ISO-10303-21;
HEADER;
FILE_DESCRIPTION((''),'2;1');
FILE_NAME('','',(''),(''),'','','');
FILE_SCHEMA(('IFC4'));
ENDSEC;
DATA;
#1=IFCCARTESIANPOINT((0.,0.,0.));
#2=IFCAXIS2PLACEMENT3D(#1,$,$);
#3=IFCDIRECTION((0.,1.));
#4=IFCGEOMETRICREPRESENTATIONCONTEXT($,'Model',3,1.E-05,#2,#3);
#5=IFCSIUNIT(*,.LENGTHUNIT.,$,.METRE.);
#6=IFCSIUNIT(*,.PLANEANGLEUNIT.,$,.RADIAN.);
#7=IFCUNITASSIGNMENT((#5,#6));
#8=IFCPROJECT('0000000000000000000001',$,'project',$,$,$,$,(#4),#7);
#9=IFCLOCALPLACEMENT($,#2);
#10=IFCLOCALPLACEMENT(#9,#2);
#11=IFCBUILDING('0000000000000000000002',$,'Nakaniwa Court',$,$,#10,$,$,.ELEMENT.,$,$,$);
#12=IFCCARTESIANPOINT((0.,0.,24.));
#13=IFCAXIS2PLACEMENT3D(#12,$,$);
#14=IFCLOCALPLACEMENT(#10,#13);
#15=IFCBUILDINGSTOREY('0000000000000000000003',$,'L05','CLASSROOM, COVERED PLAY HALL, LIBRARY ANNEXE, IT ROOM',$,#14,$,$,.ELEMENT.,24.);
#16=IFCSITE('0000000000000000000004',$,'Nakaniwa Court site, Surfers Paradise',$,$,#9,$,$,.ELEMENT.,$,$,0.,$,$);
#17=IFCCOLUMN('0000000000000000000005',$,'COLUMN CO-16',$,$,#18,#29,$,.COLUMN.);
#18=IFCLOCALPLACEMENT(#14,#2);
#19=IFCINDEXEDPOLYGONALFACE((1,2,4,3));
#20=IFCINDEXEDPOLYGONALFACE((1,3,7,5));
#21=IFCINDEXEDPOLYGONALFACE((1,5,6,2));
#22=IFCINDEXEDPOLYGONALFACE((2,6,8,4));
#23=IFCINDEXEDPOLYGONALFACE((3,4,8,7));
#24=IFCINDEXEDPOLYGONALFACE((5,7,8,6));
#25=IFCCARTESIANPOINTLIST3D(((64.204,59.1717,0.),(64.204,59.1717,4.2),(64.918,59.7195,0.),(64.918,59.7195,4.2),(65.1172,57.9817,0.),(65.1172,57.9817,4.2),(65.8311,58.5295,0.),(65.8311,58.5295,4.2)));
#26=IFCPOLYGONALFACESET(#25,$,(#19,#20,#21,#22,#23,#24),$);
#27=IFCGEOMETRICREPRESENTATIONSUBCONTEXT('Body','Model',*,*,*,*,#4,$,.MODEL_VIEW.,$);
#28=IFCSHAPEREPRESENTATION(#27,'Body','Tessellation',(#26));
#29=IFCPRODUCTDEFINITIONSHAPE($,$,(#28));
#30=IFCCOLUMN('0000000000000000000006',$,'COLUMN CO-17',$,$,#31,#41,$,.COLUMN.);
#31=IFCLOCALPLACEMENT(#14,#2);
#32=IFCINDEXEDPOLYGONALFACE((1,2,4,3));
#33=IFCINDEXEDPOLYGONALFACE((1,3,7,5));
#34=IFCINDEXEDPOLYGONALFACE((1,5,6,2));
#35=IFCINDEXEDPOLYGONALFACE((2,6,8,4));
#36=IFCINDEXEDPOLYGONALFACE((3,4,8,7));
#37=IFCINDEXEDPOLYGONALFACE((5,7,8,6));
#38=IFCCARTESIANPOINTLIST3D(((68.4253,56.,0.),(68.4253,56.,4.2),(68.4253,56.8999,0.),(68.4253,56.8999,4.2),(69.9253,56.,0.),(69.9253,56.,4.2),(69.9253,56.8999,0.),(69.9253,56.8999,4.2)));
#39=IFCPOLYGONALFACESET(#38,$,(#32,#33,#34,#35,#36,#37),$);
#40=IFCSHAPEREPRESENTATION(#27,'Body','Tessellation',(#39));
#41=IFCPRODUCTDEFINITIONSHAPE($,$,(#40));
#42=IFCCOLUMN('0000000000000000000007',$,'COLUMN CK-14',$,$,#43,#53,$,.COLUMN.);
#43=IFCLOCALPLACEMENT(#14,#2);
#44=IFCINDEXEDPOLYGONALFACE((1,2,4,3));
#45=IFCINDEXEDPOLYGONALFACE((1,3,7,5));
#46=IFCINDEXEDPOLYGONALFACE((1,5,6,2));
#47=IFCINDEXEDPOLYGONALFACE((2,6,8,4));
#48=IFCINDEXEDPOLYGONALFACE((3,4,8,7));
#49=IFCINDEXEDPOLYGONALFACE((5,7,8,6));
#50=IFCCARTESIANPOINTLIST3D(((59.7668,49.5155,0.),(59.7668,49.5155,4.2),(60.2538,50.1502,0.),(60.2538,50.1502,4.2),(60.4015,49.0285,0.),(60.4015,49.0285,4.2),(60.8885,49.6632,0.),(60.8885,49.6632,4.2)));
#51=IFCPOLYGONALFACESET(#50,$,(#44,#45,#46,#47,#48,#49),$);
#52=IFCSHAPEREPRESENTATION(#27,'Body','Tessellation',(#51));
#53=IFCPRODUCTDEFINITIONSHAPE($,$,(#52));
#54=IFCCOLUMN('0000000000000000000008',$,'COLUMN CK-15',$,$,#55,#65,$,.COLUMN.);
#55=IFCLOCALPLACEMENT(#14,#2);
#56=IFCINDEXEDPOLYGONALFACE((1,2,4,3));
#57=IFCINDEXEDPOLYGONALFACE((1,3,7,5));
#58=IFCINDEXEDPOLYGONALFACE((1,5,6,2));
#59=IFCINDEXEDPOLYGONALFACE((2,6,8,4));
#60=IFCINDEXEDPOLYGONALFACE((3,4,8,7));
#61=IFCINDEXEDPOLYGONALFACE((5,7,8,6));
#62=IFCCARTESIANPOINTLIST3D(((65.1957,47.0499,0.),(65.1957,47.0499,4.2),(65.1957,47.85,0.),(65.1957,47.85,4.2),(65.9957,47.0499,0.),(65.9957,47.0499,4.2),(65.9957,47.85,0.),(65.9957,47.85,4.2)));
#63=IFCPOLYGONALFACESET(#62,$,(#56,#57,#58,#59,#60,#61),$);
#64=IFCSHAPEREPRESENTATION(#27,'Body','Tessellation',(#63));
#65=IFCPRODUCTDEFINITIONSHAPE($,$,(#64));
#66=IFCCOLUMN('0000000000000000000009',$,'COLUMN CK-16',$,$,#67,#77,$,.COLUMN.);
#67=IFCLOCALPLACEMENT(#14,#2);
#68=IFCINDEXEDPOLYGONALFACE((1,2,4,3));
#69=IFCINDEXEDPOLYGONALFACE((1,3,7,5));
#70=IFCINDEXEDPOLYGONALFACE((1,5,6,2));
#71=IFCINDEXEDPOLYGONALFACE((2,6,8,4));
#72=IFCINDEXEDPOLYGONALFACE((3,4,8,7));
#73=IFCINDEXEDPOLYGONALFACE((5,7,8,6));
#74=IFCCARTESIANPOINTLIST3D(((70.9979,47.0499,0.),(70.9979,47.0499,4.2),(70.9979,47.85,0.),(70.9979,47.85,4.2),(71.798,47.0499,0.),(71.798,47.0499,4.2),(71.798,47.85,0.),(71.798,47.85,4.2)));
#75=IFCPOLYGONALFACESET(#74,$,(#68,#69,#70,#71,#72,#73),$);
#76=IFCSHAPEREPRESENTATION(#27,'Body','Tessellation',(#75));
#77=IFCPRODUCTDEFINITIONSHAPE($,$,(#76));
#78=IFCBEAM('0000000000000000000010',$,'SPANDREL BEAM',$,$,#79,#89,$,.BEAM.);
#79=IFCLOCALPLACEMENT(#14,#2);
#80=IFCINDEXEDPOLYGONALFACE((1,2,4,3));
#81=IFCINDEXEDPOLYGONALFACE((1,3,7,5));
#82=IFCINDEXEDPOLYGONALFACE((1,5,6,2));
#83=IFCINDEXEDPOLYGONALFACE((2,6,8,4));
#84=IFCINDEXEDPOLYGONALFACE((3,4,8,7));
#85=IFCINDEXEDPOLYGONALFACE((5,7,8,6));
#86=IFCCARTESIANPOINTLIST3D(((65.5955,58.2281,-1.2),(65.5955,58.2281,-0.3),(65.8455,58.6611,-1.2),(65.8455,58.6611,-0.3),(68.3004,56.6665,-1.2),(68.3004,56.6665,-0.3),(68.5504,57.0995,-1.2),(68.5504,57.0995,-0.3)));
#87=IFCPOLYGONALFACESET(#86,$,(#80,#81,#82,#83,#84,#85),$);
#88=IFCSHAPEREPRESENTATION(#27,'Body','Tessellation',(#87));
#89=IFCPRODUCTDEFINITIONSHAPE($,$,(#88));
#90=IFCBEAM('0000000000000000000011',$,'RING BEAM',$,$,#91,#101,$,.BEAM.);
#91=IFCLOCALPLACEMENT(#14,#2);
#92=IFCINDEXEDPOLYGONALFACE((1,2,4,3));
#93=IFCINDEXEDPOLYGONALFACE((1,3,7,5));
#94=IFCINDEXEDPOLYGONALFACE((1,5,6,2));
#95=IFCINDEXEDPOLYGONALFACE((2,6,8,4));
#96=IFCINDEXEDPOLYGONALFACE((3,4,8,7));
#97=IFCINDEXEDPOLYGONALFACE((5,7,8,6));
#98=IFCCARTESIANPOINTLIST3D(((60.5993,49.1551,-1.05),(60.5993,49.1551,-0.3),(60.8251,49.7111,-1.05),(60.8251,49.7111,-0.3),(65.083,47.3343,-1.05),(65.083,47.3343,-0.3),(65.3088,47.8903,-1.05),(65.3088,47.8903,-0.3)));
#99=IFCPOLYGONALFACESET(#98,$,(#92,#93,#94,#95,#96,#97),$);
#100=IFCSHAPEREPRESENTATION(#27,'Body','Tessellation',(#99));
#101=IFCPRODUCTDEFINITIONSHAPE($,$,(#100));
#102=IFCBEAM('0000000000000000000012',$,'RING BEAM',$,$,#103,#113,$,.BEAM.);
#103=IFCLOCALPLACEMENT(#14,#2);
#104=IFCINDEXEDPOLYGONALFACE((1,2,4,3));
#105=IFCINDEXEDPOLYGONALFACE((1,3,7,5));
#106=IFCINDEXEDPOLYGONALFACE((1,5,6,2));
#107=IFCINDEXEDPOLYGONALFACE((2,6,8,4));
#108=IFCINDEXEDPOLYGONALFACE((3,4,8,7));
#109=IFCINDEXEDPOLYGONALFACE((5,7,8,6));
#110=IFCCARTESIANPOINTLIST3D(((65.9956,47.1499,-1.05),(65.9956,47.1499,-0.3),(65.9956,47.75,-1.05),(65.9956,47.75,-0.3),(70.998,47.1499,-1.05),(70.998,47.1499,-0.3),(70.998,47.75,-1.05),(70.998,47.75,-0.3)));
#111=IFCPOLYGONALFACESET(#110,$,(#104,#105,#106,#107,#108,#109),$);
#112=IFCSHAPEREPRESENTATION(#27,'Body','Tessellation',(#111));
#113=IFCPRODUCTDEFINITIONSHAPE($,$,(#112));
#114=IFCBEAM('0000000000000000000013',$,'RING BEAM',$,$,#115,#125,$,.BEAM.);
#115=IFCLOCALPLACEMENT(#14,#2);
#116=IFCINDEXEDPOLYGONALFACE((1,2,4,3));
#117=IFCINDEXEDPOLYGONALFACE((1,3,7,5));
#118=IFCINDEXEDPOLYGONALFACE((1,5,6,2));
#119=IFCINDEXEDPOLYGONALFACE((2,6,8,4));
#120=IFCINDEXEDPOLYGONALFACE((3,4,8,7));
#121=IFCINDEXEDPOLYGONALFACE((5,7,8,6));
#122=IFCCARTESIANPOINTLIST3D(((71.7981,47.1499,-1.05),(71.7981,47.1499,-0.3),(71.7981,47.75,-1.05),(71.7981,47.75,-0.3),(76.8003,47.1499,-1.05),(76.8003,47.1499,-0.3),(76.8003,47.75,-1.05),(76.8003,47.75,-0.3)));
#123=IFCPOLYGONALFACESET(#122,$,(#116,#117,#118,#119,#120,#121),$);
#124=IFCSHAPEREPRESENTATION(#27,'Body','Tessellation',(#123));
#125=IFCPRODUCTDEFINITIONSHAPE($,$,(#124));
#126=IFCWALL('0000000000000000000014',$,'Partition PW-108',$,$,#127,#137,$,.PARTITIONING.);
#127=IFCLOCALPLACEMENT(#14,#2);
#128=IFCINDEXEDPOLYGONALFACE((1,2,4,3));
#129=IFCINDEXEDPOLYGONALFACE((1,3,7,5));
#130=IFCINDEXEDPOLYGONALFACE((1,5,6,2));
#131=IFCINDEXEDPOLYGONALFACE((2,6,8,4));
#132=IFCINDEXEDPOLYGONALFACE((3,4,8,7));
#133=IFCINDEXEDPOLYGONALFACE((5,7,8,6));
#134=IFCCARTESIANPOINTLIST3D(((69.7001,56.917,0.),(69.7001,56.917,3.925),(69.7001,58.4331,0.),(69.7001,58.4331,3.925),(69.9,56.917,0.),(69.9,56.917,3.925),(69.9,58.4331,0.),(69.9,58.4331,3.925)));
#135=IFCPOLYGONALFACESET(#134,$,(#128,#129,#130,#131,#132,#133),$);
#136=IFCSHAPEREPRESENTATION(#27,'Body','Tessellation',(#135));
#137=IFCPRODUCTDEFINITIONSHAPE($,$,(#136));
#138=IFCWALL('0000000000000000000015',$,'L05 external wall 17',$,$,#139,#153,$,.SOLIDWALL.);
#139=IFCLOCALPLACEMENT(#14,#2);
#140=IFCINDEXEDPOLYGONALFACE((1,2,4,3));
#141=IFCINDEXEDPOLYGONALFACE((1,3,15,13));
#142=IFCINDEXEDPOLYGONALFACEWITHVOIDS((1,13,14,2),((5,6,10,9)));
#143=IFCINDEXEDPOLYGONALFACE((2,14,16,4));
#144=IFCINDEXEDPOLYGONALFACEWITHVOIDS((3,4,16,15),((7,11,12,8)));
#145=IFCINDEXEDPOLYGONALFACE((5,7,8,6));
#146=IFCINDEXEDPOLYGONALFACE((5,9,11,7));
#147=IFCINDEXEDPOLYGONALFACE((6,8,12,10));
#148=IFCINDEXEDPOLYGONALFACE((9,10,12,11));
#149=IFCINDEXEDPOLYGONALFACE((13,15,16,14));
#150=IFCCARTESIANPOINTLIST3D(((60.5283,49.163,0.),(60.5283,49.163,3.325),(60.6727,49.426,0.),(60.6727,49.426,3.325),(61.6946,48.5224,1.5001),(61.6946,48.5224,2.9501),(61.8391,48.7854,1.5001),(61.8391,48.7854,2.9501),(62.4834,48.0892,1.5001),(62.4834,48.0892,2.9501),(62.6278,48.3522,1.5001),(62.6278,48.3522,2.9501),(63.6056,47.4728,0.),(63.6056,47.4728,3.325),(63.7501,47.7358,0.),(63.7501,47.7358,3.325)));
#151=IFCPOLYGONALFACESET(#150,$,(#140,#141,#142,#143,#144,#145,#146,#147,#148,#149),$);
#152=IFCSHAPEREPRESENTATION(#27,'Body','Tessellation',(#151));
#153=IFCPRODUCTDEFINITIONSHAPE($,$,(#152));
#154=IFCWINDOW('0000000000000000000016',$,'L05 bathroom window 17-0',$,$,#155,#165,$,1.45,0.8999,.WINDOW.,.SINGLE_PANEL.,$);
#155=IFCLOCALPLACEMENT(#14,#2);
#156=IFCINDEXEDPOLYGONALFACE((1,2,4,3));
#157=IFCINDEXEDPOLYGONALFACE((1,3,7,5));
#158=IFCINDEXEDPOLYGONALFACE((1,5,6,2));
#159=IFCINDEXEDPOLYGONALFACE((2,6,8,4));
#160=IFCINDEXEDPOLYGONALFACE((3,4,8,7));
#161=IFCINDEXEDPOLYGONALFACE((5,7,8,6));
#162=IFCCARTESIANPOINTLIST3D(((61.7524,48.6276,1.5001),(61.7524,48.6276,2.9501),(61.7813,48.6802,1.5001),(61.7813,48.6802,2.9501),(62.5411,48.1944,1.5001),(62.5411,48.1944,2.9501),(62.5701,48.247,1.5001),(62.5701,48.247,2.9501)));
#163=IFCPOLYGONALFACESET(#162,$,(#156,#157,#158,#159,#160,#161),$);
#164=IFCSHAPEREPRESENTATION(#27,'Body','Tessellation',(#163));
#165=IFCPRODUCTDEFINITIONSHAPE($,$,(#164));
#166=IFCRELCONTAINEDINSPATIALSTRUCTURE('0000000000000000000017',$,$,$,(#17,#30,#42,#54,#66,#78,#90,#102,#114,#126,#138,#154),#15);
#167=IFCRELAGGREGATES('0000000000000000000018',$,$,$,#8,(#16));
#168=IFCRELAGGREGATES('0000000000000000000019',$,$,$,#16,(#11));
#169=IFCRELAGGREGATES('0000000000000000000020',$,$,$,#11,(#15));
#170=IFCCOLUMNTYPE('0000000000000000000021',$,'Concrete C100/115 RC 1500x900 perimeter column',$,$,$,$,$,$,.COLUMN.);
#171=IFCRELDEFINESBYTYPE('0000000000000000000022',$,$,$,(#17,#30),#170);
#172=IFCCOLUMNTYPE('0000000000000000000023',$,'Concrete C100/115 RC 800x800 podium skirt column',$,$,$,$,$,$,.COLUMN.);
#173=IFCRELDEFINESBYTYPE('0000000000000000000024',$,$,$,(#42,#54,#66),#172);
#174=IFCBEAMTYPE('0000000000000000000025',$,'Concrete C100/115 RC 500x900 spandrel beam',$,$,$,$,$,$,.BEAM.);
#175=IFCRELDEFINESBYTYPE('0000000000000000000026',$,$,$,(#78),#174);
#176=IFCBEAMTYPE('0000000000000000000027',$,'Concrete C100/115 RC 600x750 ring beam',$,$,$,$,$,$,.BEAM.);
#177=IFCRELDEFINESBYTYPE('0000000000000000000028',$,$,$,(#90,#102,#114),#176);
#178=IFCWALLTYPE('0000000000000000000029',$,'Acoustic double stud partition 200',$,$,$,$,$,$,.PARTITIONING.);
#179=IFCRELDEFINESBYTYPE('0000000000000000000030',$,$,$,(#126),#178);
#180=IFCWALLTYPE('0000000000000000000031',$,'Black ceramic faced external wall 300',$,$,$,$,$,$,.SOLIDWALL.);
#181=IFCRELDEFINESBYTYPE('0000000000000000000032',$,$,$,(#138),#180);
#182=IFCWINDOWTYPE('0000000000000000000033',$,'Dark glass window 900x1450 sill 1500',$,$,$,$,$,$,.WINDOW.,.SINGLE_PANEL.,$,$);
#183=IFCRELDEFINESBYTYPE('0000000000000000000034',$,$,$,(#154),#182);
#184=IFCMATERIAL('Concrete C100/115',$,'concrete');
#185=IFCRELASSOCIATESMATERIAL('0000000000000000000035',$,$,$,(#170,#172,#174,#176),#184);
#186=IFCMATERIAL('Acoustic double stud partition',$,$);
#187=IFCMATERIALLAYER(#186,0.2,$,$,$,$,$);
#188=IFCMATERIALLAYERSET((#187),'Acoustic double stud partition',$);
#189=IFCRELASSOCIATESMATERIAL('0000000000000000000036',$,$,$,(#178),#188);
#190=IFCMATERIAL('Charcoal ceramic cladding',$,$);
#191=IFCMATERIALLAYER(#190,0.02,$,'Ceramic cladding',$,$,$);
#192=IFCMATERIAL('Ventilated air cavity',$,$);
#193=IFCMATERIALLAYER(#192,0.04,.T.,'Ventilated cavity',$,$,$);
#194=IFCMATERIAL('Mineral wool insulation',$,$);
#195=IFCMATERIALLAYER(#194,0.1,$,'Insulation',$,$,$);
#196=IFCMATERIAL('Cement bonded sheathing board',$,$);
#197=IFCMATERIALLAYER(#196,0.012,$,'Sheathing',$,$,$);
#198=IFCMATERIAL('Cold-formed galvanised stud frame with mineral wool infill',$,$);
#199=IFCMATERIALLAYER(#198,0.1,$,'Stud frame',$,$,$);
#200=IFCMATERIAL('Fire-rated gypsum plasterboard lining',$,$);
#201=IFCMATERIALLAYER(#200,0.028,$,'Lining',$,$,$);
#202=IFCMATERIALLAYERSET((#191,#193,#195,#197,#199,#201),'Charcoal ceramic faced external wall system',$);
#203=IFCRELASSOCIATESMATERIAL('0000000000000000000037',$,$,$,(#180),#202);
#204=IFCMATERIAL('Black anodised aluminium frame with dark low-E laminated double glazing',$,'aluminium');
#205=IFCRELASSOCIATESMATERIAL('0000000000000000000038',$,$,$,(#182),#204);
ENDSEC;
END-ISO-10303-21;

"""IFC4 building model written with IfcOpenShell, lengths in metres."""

from ifc_helpers import new_model, si_unit, direction, frame, frame_2d, origin, origin_2d, place, context, subcontext, project, spatial, rectangle, extrude, material, layer, layer_set, material_profile, profile_set, type_object, element, fill, save


model = new_model("IFC4")

# Units and contexts
model_context = context("Model", 3, precision=1e-05, world=origin(), true_north=direction((0.0, 1.0)))
body_context = subcontext(model_context, "Body", "Model", "MODEL_VIEW")
ifc_project = project(units=[si_unit("LENGTHUNIT", "METRE"), si_unit("PLANEANGLEUNIT", "RADIAN")], contexts=[model_context])

# Site, building, storey
site_placement = place(None, origin())
site = spatial("IfcSite", under=ifc_project, at=site_placement, Name="Nakaniwa Court site, Surfers Paradise", CompositionType="ELEMENT", RefElevation=0.0)
building_placement = place(site_placement, origin())
building = spatial("IfcBuilding", under=site, at=building_placement, Name="Nakaniwa Court", CompositionType="ELEMENT")
storey_placement = place(building_placement, frame((0.0, 0.0, 24.0)))
storey = spatial("IfcBuildingStorey", under=building, at=storey_placement, Name="L05", Description="CLASSROOM, COVERED PLAY HALL, LIBRARY ANNEXE, IT ROOM", CompositionType="ELEMENT", Elevation=24.0)

# Columns
ifc_material_1 = material(Name="Concrete C100/115", Category="concrete")
ifc_material_profile_1 = material_profile(ifc_material_1, rectangle(XDim=1.5, YDim=0.8999, at=origin_2d()), Name="Concrete C100/115 RC 1500x900 perimeter column")
ifc_profile_set_1 = profile_set([ifc_material_profile_1], Name="Concrete C100/115")
column_type_1 = type_object("IfcColumnType", Name="Concrete C100/115 RC 1500x900 perimeter column", PredefinedType="COLUMN", material=ifc_profile_set_1)
for number, where, z_axis, x_axis, name in (
    (1, (65.0176, 58.8506, 0.0), (0.0, 0.0, 1.0), (0.608761, -0.793353, 0.0), "COLUMN CO-16"),
    (2, (69.1753, 56.45, 0.0), (0.0, 0.0, 1.0), (1.0, 0.0, 0.0), "COLUMN CO-17"),
):
    element("IfcColumn", number, at=place(storey_placement, frame(where, z_axis=z_axis, x_axis=x_axis)), inside=storey, type_object=column_type_1, Name=name, PredefinedType="COLUMN", context=body_context, shape_type="SweptSolid", body=[
        extrude(rectangle(XDim=1.5, YDim=0.8999, at=origin_2d()), origin(), (0.0, 0.0, 1.0), 4.2),
    ])
ifc_material_profile_2 = material_profile(ifc_material_1, rectangle(XDim=0.8, YDim=0.8, at=origin_2d()), Name="Concrete C100/115 RC 800x800 podium skirt column")
ifc_profile_set_2 = profile_set([ifc_material_profile_2], Name="Concrete C100/115")
column_type_2 = type_object("IfcColumnType", Name="Concrete C100/115 RC 800x800 podium skirt column", PredefinedType="COLUMN", material=ifc_profile_set_2)
for number, where, z_axis, x_axis, name in (
    (3, (60.3276, 49.5894, 0.0), (0.0, 0.0, 1.0), (0.793353, -0.608761, 0.0), "COLUMN CK-14"),
    (4, (65.5957, 47.45, 0.0), (0.0, 0.0, 1.0), (1.0, 0.0, 0.0), "COLUMN CK-15"),
    (5, (71.3979, 47.45, 0.0), (0.0, 0.0, 1.0), (1.0, 0.0, 0.0), "COLUMN CK-16"),
):
    element("IfcColumn", number, at=place(storey_placement, frame(where, z_axis=z_axis, x_axis=x_axis)), inside=storey, type_object=column_type_2, Name=name, PredefinedType="COLUMN", context=body_context, shape_type="SweptSolid", body=[
        extrude(rectangle(XDim=0.8, YDim=0.8, at=origin_2d()), origin(), (0.0, 0.0, 1.0), 4.2),
    ])

# Beams
ifc_material_profile_3 = material_profile(ifc_material_1, rectangle(XDim=0.5, YDim=0.8999, at=origin_2d()), Name="Concrete C100/115 RC 500x900 spandrel beam")
ifc_profile_set_3 = profile_set([ifc_material_profile_3], Name="Concrete C100/115")
beam_type_1 = type_object("IfcBeamType", Name="Concrete C100/115 RC 500x900 spandrel beam", PredefinedType="BEAM", material=ifc_profile_set_3)
beam_1_placement = place(storey_placement, frame((65.7205, 58.4446, -0.75), z_axis=(0.866041, -0.499973, 0.0), x_axis=(0.499973, 0.866041, 0.0)))
element("IfcBeam", 6, at=beam_1_placement, inside=storey, type_object=beam_type_1, Name="SPANDREL BEAM", PredefinedType="BEAM", context=body_context, shape_type="SweptSolid", body=[
    extrude(rectangle(XDim=0.5, YDim=0.8999, at=origin_2d()), origin(), (0.0, 0.0, 1.0), 3.1233),
])
ifc_material_profile_4 = material_profile(ifc_material_1, rectangle(XDim=0.6001, YDim=0.75, at=origin_2d()), Name="Concrete C100/115 RC 600x750 ring beam")
ifc_profile_set_4 = profile_set([ifc_material_profile_4], Name="Concrete C100/115")
beam_type_2 = type_object("IfcBeamType", Name="Concrete C100/115 RC 600x750 ring beam", PredefinedType="BEAM", material=ifc_profile_set_4)
beam_2_placement = place(storey_placement, frame((60.7122, 49.4331, -0.675), z_axis=(0.926515, -0.376257, 0.0), x_axis=(0.376257, 0.926515, 0.0)))
element("IfcBeam", 7, at=beam_2_placement, inside=storey, type_object=beam_type_2, Name="RING BEAM", PredefinedType="BEAM", context=body_context, shape_type="SweptSolid", body=[
    extrude(rectangle(XDim=0.6001, YDim=0.75, at=origin_2d()), origin(), (0.0, 0.0, 1.0), 4.8394),
])
beam_3_placement = place(storey_placement, frame((65.9956, 47.45, -0.675), z_axis=(1.0, 0.0, 0.0), x_axis=(0.0, 1.0, 0.0)))
element("IfcBeam", 8, at=beam_3_placement, inside=storey, type_object=beam_type_2, Name="RING BEAM", PredefinedType="BEAM", context=body_context, shape_type="SweptSolid", body=[
    extrude(rectangle(XDim=0.6001, YDim=0.75, at=origin_2d()), origin(), (0.0, 0.0, 1.0), 5.0024),
])
beam_4_placement = place(storey_placement, frame((71.7981, 47.45, -0.675), z_axis=(1.0, 0.0, 0.0), x_axis=(0.0, 1.0, 0.0)))
element("IfcBeam", 9, at=beam_4_placement, inside=storey, type_object=beam_type_2, Name="RING BEAM", PredefinedType="BEAM", context=body_context, shape_type="SweptSolid", body=[
    extrude(rectangle(XDim=0.6001, YDim=0.75, at=origin_2d()), origin(), (0.0, 0.0, 1.0), 5.0022),
])

# Wall
ifc_material_2 = material(Name="Acoustic double stud partition")
ifc_layer_1 = layer(ifc_material_2, 0.2)
ifc_layer_set_1 = layer_set([ifc_layer_1], Name="Acoustic double stud partition")
wall_type_1 = type_object("IfcWallType", Name="Acoustic double stud partition 200", PredefinedType="PARTITIONING", material=ifc_layer_set_1)
wall_1_placement = place(storey_placement, frame((69.8, 56.917, 0.0), z_axis=(0.0, 0.0, 1.0), x_axis=(0.0, 1.0, 0.0)))
element("IfcWall", 10, at=wall_1_placement, inside=storey, type_object=wall_type_1, Name="Partition PW-108", PredefinedType="PARTITIONING", context=body_context, shape_type="SweptSolid", body=[
    extrude(rectangle(XDim=1.5161, YDim=0.2, at=frame_2d((0.7581, 0.0))), origin(), (0.0, 0.0, 1.0), 3.925),
])

# Wall, opening, window
ifc_material_3 = material(Name="Charcoal ceramic cladding")
ifc_layer_2 = layer(ifc_material_3, 0.02, Name="Ceramic cladding")
ifc_material_4 = material(Name="Ventilated air cavity")
ifc_layer_3 = layer(ifc_material_4, 0.04, ventilated=True, Name="Ventilated cavity")
ifc_material_5 = material(Name="Mineral wool insulation")
ifc_layer_4 = layer(ifc_material_5, 0.1, Name="Insulation")
ifc_material_6 = material(Name="Cement bonded sheathing board")
ifc_layer_5 = layer(ifc_material_6, 0.012, Name="Sheathing")
ifc_material_7 = material(Name="Cold-formed galvanised stud frame with mineral wool infill")
ifc_layer_6 = layer(ifc_material_7, 0.1, Name="Stud frame")
ifc_material_8 = material(Name="Fire-rated gypsum plasterboard lining")
ifc_layer_7 = layer(ifc_material_8, 0.028, Name="Lining")
ifc_layer_set_2 = layer_set([ifc_layer_2, ifc_layer_3, ifc_layer_4, ifc_layer_5, ifc_layer_6, ifc_layer_7], Name="Charcoal ceramic faced external wall system")
wall_type_2 = type_object("IfcWallType", Name="Black ceramic faced external wall 300", PredefinedType="SOLIDWALL", material=ifc_layer_set_2)
wall_2_placement = place(storey_placement, frame((60.6006, 49.2944, 0.0), z_axis=(0.0, 0.0, 1.0), x_axis=(0.876502, -0.481398, 0.0)))
wall_2 = element("IfcWall", 11, at=wall_2_placement, inside=storey, type_object=wall_type_2, Name="L05 external wall 17", PredefinedType="SOLIDWALL", context=body_context, shape_type="SweptSolid", body=[
    extrude(rectangle(XDim=3.511, YDim=0.3, at=frame_2d((1.7554, 0.0))), origin(), (0.0, 0.0, 1.0), 3.325),
])
opening_1_placement = place(wall_2_placement, frame((1.3306, 0.0, 1.5)))
opening_1 = element("IfcOpeningElement", 12, at=opening_1_placement, cuts=wall_2, PredefinedType="OPENING", context=body_context, shape_type="SweptSolid", body=[
    extrude(rectangle(XDim=0.8999, YDim=1.45, at=frame_2d((0.45, 0.7251))), frame((0.0, 0.1599, 0.0), z_axis=(0.0, -1.0, 0.0), x_axis=(1.0, 0.0, 0.0)), (0.0, 0.0, 1.0), 0.3201),
])
ifc_material_9 = material(Name="Black anodised aluminium frame with dark low-E laminated double glazing", Category="aluminium")
window_type_1 = type_object("IfcWindowType", Name="Dark glass window 900x1450 sill 1500", PartitioningType="SINGLE_PANEL", PredefinedType="WINDOW", material=ifc_material_9)
window_1_placement = place(opening_1_placement, origin())
window_1 = element("IfcWindow", 13, at=window_1_placement, inside=storey, type_object=window_type_1, Name="L05 bathroom window 17-0", OverallHeight=1.45, OverallWidth=0.8999, PartitioningType="SINGLE_PANEL", PredefinedType="WINDOW", context=body_context, shape_type="SweptSolid", body=[
    extrude(rectangle(XDim=0.8999, YDim=1.45, at=frame_2d((0.45, 0.7251))), frame((0.0, 0.03, 0.0), z_axis=(0.0, -1.0, 0.0), x_axis=(1.0, 0.0, 0.0)), (0.0, 0.0, 1.0), 0.0601),
])
fill(opening_1, window_1)

save(model, "model.ifc")
